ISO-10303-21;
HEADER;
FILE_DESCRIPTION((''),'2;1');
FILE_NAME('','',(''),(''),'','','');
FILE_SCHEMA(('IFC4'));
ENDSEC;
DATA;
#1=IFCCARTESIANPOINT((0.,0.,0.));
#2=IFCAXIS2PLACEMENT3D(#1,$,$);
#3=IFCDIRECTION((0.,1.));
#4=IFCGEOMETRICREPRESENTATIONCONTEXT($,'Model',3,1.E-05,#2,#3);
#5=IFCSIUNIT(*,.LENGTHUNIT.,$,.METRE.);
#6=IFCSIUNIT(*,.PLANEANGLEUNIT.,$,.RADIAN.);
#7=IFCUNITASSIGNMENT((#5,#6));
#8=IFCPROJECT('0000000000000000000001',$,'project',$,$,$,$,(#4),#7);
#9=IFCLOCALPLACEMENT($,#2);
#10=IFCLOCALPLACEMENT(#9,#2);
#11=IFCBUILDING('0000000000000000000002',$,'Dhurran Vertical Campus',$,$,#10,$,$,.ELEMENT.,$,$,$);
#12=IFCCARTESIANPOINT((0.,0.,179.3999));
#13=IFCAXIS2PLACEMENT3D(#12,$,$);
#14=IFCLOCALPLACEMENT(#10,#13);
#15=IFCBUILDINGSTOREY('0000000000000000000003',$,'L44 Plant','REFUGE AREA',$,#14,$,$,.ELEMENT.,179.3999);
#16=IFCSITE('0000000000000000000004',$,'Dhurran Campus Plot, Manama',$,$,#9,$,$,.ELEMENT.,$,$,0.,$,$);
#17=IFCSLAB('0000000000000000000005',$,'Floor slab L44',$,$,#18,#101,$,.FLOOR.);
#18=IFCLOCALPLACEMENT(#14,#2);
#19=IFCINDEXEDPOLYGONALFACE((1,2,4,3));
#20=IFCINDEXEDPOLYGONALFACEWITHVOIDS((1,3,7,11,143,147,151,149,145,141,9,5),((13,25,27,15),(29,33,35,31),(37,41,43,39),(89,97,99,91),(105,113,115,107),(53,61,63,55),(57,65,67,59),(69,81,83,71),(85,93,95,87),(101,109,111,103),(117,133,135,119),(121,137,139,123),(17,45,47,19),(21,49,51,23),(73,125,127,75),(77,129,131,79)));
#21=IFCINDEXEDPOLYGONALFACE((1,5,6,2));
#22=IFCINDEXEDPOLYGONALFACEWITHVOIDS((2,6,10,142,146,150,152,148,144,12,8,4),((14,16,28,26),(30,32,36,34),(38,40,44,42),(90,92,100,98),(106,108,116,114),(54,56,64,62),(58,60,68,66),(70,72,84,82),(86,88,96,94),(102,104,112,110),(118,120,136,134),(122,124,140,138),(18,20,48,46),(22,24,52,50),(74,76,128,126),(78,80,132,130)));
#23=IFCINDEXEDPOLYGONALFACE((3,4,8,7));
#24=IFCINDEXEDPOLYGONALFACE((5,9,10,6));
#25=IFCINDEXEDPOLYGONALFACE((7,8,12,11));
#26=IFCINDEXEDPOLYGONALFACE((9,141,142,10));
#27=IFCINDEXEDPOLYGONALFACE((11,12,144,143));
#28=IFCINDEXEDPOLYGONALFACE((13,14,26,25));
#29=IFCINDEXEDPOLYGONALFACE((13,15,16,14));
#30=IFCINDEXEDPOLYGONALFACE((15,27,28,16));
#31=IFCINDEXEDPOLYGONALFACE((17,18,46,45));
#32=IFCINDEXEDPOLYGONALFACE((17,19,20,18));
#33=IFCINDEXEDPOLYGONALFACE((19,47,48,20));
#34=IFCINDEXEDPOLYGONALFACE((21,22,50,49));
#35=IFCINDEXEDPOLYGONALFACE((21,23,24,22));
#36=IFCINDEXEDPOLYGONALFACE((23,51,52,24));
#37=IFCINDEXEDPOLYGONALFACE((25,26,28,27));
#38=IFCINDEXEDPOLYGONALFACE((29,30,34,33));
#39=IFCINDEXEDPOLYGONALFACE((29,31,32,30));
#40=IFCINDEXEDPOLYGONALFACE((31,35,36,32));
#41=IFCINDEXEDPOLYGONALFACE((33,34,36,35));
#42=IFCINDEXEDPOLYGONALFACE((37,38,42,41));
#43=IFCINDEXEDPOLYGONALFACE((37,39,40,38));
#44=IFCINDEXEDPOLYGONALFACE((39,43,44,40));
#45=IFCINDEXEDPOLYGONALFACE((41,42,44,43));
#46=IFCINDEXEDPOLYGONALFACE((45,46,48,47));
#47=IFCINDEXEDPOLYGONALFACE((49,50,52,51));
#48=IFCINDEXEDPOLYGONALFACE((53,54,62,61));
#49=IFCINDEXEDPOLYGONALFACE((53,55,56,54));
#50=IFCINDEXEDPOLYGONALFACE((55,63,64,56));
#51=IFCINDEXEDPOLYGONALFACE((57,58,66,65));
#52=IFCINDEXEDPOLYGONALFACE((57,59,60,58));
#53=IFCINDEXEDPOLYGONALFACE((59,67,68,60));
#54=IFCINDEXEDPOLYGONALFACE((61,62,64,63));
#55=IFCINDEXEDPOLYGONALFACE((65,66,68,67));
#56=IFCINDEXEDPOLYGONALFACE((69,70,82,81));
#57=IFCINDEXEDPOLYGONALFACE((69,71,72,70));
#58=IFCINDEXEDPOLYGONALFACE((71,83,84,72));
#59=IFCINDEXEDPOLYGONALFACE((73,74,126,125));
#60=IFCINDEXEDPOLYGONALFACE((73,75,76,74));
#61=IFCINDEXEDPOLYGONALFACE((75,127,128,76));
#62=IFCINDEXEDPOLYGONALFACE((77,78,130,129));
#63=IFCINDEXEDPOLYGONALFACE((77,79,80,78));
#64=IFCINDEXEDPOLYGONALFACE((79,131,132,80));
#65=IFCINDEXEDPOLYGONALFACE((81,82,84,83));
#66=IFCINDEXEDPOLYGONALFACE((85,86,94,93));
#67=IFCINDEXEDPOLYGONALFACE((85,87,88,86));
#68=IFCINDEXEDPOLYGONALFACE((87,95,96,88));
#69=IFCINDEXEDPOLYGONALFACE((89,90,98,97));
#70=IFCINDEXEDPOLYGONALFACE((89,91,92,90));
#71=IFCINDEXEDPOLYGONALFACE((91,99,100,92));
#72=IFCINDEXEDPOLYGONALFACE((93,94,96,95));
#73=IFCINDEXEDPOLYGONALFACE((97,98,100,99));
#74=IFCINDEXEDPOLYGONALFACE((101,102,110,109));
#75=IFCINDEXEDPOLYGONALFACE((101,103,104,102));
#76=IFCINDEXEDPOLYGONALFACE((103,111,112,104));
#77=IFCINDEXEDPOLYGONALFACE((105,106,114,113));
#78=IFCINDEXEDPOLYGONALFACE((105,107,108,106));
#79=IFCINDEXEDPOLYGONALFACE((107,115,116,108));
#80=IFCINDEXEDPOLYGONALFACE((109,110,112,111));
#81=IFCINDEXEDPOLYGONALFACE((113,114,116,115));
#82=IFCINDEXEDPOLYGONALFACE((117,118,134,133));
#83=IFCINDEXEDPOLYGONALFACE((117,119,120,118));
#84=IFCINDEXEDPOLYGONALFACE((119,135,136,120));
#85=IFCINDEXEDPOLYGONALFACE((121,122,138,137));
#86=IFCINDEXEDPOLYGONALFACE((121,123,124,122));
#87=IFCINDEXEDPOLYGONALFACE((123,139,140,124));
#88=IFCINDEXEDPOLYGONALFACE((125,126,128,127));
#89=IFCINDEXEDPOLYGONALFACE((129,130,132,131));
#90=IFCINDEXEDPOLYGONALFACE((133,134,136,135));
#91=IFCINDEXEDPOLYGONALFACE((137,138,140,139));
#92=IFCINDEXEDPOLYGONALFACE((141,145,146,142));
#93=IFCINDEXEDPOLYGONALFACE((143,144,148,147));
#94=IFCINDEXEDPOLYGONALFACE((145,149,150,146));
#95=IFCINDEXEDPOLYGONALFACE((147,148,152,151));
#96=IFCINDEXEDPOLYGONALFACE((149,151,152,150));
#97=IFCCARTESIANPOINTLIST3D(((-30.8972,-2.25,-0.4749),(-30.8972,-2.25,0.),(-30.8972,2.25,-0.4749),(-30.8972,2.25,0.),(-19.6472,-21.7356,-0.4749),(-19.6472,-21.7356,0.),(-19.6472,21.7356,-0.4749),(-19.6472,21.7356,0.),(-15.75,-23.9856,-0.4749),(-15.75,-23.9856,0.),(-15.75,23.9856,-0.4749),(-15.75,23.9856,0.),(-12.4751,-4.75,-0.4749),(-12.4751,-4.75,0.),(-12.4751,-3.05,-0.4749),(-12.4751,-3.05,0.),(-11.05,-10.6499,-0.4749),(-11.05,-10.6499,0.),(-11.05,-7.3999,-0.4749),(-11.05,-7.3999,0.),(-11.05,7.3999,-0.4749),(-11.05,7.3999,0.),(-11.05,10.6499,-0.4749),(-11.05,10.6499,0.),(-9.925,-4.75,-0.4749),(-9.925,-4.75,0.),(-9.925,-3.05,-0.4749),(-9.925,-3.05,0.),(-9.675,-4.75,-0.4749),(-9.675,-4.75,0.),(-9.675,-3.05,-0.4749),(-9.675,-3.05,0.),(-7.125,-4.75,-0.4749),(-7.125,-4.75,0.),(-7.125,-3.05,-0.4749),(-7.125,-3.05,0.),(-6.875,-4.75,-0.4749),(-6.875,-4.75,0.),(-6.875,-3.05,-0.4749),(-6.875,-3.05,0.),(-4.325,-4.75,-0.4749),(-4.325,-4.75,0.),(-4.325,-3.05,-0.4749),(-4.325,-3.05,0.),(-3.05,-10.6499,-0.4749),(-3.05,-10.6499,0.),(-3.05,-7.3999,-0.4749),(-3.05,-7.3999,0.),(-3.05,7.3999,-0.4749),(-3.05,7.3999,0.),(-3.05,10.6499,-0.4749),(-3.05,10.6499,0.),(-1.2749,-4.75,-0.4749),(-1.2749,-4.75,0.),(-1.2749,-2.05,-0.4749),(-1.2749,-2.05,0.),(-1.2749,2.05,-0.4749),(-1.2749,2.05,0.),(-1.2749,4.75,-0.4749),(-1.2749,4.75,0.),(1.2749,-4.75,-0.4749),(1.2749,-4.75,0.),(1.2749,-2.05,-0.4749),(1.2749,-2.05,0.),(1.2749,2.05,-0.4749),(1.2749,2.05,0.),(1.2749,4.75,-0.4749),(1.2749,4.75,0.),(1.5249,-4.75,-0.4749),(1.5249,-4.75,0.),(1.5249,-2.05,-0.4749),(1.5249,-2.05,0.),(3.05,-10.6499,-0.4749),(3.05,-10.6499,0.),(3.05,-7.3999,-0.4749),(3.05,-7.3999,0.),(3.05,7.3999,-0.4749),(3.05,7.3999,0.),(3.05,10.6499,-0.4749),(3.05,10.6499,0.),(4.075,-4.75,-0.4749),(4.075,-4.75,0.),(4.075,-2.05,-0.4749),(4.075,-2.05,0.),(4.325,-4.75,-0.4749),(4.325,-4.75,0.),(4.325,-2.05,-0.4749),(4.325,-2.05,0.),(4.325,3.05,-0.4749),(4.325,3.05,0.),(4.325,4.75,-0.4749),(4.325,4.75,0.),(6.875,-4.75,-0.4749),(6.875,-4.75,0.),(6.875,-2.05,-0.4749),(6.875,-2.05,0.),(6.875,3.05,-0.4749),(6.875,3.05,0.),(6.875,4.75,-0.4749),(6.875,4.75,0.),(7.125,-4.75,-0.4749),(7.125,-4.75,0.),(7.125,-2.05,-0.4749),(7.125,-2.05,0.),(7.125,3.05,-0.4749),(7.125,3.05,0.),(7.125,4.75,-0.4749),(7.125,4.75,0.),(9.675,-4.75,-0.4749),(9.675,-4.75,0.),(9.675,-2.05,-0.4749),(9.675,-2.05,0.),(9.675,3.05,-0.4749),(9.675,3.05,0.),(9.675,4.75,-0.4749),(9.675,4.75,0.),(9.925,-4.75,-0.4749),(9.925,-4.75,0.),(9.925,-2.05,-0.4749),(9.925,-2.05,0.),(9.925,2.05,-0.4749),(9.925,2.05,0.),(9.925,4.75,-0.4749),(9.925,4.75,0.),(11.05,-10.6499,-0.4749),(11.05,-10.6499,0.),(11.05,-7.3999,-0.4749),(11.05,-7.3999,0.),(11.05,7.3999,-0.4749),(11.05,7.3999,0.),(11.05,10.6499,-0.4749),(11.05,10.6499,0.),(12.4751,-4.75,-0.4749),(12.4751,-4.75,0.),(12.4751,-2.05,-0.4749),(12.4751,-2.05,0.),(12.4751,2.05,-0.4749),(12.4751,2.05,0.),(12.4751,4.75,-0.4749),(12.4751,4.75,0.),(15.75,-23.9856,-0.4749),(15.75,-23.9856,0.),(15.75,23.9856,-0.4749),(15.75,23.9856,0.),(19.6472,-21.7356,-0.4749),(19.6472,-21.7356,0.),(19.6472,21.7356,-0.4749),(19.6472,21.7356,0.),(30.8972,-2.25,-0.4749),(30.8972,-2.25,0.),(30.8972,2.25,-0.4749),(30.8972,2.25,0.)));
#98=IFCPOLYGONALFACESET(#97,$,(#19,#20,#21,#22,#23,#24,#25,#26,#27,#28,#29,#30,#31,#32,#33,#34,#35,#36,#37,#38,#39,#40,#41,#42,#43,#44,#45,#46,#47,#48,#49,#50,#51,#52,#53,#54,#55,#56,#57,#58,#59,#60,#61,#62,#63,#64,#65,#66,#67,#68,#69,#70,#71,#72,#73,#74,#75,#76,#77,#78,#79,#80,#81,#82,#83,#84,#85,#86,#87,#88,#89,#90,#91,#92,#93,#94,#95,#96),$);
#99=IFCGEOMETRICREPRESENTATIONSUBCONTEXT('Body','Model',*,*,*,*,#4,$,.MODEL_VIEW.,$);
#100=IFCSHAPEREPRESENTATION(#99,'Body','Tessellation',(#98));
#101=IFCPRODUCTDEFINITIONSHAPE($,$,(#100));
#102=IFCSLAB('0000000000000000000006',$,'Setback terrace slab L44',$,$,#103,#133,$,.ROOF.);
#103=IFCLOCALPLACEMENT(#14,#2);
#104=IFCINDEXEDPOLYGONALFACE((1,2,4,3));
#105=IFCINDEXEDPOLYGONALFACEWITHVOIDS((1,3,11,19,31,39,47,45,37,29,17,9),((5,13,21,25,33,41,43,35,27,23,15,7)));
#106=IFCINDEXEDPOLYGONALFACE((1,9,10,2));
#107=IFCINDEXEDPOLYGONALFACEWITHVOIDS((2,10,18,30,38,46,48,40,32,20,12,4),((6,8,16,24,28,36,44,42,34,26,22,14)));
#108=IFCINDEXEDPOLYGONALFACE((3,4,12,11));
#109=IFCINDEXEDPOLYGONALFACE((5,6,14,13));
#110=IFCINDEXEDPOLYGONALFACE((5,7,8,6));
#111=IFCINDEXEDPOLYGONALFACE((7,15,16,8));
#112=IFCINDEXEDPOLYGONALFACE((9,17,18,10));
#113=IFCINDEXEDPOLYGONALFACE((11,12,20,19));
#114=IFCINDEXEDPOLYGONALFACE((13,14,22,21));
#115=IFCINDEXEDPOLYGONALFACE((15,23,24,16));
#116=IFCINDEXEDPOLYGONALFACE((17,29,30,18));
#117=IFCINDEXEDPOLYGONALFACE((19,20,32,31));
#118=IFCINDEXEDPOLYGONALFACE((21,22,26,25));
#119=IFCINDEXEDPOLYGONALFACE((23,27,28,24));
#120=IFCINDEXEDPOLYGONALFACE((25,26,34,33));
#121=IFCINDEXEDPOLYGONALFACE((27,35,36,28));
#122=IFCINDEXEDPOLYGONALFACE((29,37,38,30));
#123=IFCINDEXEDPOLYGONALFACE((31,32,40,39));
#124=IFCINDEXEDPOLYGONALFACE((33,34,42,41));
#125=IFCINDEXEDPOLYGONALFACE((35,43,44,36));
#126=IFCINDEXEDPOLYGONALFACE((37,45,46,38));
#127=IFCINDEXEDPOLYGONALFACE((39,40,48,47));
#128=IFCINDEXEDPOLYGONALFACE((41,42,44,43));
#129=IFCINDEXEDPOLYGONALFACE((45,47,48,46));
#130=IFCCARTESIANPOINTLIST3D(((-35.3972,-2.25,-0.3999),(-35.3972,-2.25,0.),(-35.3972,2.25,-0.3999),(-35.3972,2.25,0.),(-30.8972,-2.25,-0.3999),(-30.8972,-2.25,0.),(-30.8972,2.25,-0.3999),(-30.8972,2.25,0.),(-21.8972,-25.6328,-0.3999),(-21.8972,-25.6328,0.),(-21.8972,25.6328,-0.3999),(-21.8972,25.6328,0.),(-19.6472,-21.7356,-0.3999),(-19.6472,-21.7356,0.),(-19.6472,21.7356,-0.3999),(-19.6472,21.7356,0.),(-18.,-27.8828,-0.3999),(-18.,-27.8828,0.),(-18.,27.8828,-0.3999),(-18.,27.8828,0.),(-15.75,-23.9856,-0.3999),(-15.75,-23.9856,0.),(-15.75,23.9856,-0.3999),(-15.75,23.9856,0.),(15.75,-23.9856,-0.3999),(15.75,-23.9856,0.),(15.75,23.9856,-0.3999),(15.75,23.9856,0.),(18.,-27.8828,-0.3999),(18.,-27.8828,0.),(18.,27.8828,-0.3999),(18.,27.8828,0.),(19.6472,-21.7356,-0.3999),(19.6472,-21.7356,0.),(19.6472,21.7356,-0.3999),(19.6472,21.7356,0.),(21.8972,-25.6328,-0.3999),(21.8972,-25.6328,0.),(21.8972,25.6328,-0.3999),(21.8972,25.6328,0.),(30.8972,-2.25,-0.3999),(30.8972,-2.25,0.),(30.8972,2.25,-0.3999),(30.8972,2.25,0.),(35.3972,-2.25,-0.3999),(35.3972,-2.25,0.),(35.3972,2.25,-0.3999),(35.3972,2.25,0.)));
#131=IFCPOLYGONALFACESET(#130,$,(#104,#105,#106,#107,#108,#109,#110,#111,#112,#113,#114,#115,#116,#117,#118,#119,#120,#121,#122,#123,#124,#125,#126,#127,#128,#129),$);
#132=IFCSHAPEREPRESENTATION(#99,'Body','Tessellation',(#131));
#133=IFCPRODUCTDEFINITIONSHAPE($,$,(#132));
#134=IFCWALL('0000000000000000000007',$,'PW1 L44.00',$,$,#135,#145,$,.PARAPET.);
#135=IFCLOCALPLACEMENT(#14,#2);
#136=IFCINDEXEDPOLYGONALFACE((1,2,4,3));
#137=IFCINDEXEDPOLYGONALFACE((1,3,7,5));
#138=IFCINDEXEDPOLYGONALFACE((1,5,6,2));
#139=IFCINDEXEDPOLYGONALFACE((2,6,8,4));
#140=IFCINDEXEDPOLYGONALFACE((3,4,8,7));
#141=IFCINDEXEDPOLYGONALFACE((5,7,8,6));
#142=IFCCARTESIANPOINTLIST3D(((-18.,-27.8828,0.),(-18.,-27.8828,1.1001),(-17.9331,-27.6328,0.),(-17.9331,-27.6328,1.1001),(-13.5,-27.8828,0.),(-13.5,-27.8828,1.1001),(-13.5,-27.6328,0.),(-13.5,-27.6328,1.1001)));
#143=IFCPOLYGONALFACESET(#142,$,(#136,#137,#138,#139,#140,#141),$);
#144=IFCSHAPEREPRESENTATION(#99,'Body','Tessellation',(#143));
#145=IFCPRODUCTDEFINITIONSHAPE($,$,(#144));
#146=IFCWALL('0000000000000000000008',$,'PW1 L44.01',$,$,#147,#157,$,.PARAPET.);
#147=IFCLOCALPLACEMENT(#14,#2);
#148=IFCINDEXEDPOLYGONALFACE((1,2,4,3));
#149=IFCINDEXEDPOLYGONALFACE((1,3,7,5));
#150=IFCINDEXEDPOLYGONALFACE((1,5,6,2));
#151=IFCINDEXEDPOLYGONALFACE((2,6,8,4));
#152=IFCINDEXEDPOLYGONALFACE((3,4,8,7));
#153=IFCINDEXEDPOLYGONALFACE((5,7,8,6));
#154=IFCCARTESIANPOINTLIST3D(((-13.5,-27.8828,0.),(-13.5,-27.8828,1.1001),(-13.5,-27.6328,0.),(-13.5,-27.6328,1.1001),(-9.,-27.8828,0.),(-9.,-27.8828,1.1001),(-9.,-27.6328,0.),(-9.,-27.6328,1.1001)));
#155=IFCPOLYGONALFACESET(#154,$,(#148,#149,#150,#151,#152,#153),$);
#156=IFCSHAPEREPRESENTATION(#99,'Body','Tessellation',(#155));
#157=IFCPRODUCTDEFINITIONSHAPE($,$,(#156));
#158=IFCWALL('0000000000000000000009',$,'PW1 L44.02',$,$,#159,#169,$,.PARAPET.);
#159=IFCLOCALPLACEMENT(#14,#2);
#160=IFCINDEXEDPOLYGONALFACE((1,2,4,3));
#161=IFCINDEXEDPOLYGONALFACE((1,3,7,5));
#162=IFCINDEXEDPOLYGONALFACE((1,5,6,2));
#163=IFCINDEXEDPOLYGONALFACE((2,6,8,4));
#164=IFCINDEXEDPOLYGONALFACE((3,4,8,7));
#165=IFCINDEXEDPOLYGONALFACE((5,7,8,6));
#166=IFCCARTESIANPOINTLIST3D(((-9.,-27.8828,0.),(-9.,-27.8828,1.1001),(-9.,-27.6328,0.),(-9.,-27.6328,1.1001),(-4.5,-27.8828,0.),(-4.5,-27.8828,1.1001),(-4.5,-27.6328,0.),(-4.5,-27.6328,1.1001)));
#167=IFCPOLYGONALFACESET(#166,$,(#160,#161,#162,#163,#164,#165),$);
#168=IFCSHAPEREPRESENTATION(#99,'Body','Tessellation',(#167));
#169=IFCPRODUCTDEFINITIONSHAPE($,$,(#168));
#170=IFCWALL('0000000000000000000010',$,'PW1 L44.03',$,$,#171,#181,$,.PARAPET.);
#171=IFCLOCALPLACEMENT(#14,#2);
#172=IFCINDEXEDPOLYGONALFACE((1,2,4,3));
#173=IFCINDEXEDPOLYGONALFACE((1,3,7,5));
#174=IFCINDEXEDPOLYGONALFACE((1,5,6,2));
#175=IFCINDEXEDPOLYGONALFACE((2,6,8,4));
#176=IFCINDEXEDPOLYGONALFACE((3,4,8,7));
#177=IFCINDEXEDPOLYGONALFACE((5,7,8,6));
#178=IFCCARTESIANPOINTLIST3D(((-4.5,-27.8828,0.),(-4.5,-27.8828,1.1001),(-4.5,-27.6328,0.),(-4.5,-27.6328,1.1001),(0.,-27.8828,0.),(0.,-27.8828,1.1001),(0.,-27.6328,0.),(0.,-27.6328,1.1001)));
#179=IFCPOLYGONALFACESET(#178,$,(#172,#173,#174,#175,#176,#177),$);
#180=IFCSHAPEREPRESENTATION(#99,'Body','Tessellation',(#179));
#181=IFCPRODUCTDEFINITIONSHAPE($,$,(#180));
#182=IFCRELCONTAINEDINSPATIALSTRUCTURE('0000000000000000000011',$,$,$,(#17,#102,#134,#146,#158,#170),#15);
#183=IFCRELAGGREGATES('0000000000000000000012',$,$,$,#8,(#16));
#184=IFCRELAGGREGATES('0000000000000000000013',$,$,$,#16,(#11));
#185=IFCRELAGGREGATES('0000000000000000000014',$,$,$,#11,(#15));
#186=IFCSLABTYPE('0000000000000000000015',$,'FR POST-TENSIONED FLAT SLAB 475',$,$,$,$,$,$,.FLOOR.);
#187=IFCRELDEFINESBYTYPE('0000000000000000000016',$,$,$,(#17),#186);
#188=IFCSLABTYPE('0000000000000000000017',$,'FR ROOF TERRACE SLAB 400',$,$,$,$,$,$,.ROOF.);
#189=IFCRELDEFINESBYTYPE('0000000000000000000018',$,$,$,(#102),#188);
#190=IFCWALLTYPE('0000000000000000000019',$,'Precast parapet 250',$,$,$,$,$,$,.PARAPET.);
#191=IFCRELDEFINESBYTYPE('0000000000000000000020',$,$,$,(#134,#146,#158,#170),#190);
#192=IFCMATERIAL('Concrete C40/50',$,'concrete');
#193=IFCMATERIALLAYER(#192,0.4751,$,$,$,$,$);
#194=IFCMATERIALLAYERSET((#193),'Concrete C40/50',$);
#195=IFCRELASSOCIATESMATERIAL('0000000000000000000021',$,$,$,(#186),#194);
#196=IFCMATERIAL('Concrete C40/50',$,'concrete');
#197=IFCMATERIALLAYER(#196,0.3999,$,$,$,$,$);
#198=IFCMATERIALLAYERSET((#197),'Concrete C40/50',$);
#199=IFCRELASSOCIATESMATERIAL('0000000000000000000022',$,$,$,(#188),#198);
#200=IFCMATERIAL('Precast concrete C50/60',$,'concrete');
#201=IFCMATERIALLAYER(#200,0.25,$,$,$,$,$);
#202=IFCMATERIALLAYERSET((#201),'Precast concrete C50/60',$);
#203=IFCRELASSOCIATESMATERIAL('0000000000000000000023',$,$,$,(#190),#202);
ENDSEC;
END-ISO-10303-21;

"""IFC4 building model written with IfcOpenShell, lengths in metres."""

from ifc_helpers import new_model, si_unit, direction, frame, origin, place, context, subcontext, project, spatial, polyline, outline, extrude, material, layer, layer_set, type_object, element, save


model = new_model("IFC4")

# Units and contexts
model_context = context("Model", 3, precision=1e-05, world=origin(), true_north=direction((0.0, 1.0)))
body_context = subcontext(model_context, "Body", "Model", "MODEL_VIEW")
ifc_project = project(units=[si_unit("LENGTHUNIT", "METRE"), si_unit("PLANEANGLEUNIT", "RADIAN")], contexts=[model_context])

# Site, building, storey
site_placement = place(None, origin())
site = spatial("IfcSite", under=ifc_project, at=site_placement, Name="Dhurran Campus Plot, Manama", CompositionType="ELEMENT", RefElevation=0.0)
building_placement = place(site_placement, origin())
building = spatial("IfcBuilding", under=site, at=building_placement, Name="Dhurran Vertical Campus", CompositionType="ELEMENT")
storey_placement = place(building_placement, frame((0.0, 0.0, 179.3999)))
storey = spatial("IfcBuildingStorey", under=building, at=storey_placement, Name="L44 Plant", Description="REFUGE AREA", CompositionType="ELEMENT", Elevation=179.3999)

# Slabs
ifc_material_1 = material(Name="Concrete C40/50", Category="concrete")
ifc_layer_1 = layer(ifc_material_1, 0.4751)
ifc_layer_set_1 = layer_set([ifc_layer_1], Name="Concrete C40/50")
slab_type_1 = type_object("IfcSlabType", Name="FR POST-TENSIONED FLAT SLAB 475", PredefinedType="FLOOR", material=ifc_layer_set_1)
slab_1_placement = place(storey_placement, frame((0.0, 0.0, -0.4749)))
element("IfcSlab", 1, at=slab_1_placement, inside=storey, type_object=slab_type_1, Name="Floor slab L44", PredefinedType="FLOOR", context=body_context, shape_type="SweptSolid", body=[
    extrude(outline(polyline([(-15.75, -23.9856), (15.75, -23.9856), (19.6472, -21.7356), (30.8972, -2.25), (30.8972, 2.25), (19.6472, 21.7356), (15.75, 23.9856), (-15.75, 23.9856), (-19.6472, 21.7356), (-30.8972, 2.25), (-30.8972, -2.25), (-19.6472, -21.7356), (-15.75, -23.9856)]), holes=[polyline([(-1.2749, 2.05), (1.2749, 2.05), (1.2749, 4.75), (-1.2749, 4.75), (-1.2749, 2.05)]), polyline([(9.925, 2.05), (12.4751, 2.05), (12.4751, 4.75), (9.925, 4.75), (9.925, 2.05)]), polyline([(-1.2749, -4.75), (1.2749, -4.75), (1.2749, -2.05), (-1.2749, -2.05), (-1.2749, -4.75)]), polyline([(1.5249, -4.75), (4.075, -4.75), (4.075, -2.05), (1.5249, -2.05), (1.5249, -4.75)]), polyline([(4.325, -4.75), (6.875, -4.75), (6.875, -2.05), (4.325, -2.05), (4.325, -4.75)]), polyline([(7.125, -4.75), (9.675, -4.75), (9.675, -2.05), (7.125, -2.05), (7.125, -4.75)]), polyline([(9.925, -4.75), (12.4751, -4.75), (12.4751, -2.05), (9.925, -2.05), (9.925, -4.75)]), polyline([(4.325, 3.05), (6.875, 3.05), (6.875, 4.75), (4.325, 4.75), (4.325, 3.05)]), polyline([(7.125, 3.05), (9.675, 3.05), (9.675, 4.75), (7.125, 4.75), (7.125, 3.05)]), polyline([(-12.4751, -4.75), (-9.925, -4.75), (-9.925, -3.05), (-12.4751, -3.05), (-12.4751, -4.75)]), polyline([(-9.675, -4.75), (-7.125, -4.75), (-7.125, -3.05), (-9.675, -3.05), (-9.675, -4.75)]), polyline([(-6.875, -4.75), (-4.325, -4.75), (-4.325, -3.05), (-6.875, -3.05), (-6.875, -4.75)]), polyline([(-11.05, 7.3999), (-3.05, 7.3999), (-3.05, 10.6499), (-11.05, 10.6499), (-11.05, 7.3999)]), polyline([(3.05, 7.3999), (11.05, 7.3999), (11.05, 10.6499), (3.05, 10.6499), (3.05, 7.3999)]), polyline([(-11.05, -10.6499), (-3.05, -10.6499), (-3.05, -7.3999), (-11.05, -7.3999), (-11.05, -10.6499)]), polyline([(3.05, -10.6499), (11.05, -10.6499), (11.05, -7.3999), (3.05, -7.3999), (3.05, -10.6499)])]), origin(), (0.0, 0.0, 1.0), 0.4749),
])
ifc_material_2 = material(Name="Concrete C40/50", Category="concrete")
ifc_layer_2 = layer(ifc_material_2, 0.3999)
ifc_layer_set_2 = layer_set([ifc_layer_2], Name="Concrete C40/50")
slab_type_2 = type_object("IfcSlabType", Name="FR ROOF TERRACE SLAB 400", PredefinedType="ROOF", material=ifc_layer_set_2)
slab_2_placement = place(storey_placement, frame((0.0, 0.0, -0.3999)))
element("IfcSlab", 2, at=slab_2_placement, inside=storey, type_object=slab_type_2, Name="Setback terrace slab L44", PredefinedType="ROOF", context=body_context, shape_type="SweptSolid", body=[
    extrude(outline(polyline([(-18.0, -27.8828), (18.0, -27.8828), (21.8972, -25.6328), (35.3972, -2.25), (35.3972, 2.25), (21.8972, 25.6328), (18.0, 27.8828), (-18.0, 27.8828), (-21.8972, 25.6328), (-35.3972, 2.25), (-35.3972, -2.25), (-21.8972, -25.6328), (-18.0, -27.8828)]), holes=[polyline([(-15.75, -23.9856), (15.75, -23.9856), (19.6472, -21.7356), (30.8972, -2.25), (30.8972, 2.25), (19.6472, 21.7356), (15.75, 23.9856), (-15.75, 23.9856), (-19.6472, 21.7356), (-30.8972, 2.25), (-30.8972, -2.25), (-19.6472, -21.7356), (-15.75, -23.9856)])]), origin(), (0.0, 0.0, 1.0), 0.3999),
])

# Walls
ifc_material_3 = material(Name="Precast concrete C50/60", Category="concrete")
ifc_layer_3 = layer(ifc_material_3, 0.25)
ifc_layer_set_3 = layer_set([ifc_layer_3], Name="Precast concrete C50/60")
wall_type = type_object("IfcWallType", Name="Precast parapet 250", PredefinedType="PARAPET", material=ifc_layer_set_3)
wall_1_placement = place(storey_placement, origin())
element("IfcWall", 3, at=wall_1_placement, inside=storey, type_object=wall_type, Name="PW1 L44.00", PredefinedType="PARAPET", context=body_context, shape_type="SweptSolid", body=[
    extrude(outline(polyline([(-18.0, -27.8828), (-13.5, -27.8828), (-13.5, -27.6328), (-17.9331, -27.6328), (-18.0, -27.8828)])), origin(), (0.0, 0.0, 1.0), 1.1001),
])
wall_2_placement = place(storey_placement, origin())
element("IfcWall", 4, at=wall_2_placement, inside=storey, type_object=wall_type, Name="PW1 L44.01", PredefinedType="PARAPET", context=body_context, shape_type="SweptSolid", body=[
    extrude(outline(polyline([(-13.5, -27.8828), (-9.0, -27.8828), (-9.0, -27.6328), (-13.5, -27.6328), (-13.5, -27.8828)])), origin(), (0.0, 0.0, 1.0), 1.1001),
])
wall_3_placement = place(storey_placement, origin())
element("IfcWall", 5, at=wall_3_placement, inside=storey, type_object=wall_type, Name="PW1 L44.02", PredefinedType="PARAPET", context=body_context, shape_type="SweptSolid", body=[
    extrude(outline(polyline([(-9.0, -27.8828), (-4.5, -27.8828), (-4.5, -27.6328), (-9.0, -27.6328), (-9.0, -27.8828)])), origin(), (0.0, 0.0, 1.0), 1.1001),
])
wall_4_placement = place(storey_placement, origin())
element("IfcWall", 6, at=wall_4_placement, inside=storey, type_object=wall_type, Name="PW1 L44.03", PredefinedType="PARAPET", context=body_context, shape_type="SweptSolid", body=[
    extrude(outline(polyline([(-4.5, -27.8828), (0.0, -27.8828), (0.0, -27.6328), (-4.5, -27.6328), (-4.5, -27.8828)])), origin(), (0.0, 0.0, 1.0), 1.1001),
])

save(model, "model.ifc")
